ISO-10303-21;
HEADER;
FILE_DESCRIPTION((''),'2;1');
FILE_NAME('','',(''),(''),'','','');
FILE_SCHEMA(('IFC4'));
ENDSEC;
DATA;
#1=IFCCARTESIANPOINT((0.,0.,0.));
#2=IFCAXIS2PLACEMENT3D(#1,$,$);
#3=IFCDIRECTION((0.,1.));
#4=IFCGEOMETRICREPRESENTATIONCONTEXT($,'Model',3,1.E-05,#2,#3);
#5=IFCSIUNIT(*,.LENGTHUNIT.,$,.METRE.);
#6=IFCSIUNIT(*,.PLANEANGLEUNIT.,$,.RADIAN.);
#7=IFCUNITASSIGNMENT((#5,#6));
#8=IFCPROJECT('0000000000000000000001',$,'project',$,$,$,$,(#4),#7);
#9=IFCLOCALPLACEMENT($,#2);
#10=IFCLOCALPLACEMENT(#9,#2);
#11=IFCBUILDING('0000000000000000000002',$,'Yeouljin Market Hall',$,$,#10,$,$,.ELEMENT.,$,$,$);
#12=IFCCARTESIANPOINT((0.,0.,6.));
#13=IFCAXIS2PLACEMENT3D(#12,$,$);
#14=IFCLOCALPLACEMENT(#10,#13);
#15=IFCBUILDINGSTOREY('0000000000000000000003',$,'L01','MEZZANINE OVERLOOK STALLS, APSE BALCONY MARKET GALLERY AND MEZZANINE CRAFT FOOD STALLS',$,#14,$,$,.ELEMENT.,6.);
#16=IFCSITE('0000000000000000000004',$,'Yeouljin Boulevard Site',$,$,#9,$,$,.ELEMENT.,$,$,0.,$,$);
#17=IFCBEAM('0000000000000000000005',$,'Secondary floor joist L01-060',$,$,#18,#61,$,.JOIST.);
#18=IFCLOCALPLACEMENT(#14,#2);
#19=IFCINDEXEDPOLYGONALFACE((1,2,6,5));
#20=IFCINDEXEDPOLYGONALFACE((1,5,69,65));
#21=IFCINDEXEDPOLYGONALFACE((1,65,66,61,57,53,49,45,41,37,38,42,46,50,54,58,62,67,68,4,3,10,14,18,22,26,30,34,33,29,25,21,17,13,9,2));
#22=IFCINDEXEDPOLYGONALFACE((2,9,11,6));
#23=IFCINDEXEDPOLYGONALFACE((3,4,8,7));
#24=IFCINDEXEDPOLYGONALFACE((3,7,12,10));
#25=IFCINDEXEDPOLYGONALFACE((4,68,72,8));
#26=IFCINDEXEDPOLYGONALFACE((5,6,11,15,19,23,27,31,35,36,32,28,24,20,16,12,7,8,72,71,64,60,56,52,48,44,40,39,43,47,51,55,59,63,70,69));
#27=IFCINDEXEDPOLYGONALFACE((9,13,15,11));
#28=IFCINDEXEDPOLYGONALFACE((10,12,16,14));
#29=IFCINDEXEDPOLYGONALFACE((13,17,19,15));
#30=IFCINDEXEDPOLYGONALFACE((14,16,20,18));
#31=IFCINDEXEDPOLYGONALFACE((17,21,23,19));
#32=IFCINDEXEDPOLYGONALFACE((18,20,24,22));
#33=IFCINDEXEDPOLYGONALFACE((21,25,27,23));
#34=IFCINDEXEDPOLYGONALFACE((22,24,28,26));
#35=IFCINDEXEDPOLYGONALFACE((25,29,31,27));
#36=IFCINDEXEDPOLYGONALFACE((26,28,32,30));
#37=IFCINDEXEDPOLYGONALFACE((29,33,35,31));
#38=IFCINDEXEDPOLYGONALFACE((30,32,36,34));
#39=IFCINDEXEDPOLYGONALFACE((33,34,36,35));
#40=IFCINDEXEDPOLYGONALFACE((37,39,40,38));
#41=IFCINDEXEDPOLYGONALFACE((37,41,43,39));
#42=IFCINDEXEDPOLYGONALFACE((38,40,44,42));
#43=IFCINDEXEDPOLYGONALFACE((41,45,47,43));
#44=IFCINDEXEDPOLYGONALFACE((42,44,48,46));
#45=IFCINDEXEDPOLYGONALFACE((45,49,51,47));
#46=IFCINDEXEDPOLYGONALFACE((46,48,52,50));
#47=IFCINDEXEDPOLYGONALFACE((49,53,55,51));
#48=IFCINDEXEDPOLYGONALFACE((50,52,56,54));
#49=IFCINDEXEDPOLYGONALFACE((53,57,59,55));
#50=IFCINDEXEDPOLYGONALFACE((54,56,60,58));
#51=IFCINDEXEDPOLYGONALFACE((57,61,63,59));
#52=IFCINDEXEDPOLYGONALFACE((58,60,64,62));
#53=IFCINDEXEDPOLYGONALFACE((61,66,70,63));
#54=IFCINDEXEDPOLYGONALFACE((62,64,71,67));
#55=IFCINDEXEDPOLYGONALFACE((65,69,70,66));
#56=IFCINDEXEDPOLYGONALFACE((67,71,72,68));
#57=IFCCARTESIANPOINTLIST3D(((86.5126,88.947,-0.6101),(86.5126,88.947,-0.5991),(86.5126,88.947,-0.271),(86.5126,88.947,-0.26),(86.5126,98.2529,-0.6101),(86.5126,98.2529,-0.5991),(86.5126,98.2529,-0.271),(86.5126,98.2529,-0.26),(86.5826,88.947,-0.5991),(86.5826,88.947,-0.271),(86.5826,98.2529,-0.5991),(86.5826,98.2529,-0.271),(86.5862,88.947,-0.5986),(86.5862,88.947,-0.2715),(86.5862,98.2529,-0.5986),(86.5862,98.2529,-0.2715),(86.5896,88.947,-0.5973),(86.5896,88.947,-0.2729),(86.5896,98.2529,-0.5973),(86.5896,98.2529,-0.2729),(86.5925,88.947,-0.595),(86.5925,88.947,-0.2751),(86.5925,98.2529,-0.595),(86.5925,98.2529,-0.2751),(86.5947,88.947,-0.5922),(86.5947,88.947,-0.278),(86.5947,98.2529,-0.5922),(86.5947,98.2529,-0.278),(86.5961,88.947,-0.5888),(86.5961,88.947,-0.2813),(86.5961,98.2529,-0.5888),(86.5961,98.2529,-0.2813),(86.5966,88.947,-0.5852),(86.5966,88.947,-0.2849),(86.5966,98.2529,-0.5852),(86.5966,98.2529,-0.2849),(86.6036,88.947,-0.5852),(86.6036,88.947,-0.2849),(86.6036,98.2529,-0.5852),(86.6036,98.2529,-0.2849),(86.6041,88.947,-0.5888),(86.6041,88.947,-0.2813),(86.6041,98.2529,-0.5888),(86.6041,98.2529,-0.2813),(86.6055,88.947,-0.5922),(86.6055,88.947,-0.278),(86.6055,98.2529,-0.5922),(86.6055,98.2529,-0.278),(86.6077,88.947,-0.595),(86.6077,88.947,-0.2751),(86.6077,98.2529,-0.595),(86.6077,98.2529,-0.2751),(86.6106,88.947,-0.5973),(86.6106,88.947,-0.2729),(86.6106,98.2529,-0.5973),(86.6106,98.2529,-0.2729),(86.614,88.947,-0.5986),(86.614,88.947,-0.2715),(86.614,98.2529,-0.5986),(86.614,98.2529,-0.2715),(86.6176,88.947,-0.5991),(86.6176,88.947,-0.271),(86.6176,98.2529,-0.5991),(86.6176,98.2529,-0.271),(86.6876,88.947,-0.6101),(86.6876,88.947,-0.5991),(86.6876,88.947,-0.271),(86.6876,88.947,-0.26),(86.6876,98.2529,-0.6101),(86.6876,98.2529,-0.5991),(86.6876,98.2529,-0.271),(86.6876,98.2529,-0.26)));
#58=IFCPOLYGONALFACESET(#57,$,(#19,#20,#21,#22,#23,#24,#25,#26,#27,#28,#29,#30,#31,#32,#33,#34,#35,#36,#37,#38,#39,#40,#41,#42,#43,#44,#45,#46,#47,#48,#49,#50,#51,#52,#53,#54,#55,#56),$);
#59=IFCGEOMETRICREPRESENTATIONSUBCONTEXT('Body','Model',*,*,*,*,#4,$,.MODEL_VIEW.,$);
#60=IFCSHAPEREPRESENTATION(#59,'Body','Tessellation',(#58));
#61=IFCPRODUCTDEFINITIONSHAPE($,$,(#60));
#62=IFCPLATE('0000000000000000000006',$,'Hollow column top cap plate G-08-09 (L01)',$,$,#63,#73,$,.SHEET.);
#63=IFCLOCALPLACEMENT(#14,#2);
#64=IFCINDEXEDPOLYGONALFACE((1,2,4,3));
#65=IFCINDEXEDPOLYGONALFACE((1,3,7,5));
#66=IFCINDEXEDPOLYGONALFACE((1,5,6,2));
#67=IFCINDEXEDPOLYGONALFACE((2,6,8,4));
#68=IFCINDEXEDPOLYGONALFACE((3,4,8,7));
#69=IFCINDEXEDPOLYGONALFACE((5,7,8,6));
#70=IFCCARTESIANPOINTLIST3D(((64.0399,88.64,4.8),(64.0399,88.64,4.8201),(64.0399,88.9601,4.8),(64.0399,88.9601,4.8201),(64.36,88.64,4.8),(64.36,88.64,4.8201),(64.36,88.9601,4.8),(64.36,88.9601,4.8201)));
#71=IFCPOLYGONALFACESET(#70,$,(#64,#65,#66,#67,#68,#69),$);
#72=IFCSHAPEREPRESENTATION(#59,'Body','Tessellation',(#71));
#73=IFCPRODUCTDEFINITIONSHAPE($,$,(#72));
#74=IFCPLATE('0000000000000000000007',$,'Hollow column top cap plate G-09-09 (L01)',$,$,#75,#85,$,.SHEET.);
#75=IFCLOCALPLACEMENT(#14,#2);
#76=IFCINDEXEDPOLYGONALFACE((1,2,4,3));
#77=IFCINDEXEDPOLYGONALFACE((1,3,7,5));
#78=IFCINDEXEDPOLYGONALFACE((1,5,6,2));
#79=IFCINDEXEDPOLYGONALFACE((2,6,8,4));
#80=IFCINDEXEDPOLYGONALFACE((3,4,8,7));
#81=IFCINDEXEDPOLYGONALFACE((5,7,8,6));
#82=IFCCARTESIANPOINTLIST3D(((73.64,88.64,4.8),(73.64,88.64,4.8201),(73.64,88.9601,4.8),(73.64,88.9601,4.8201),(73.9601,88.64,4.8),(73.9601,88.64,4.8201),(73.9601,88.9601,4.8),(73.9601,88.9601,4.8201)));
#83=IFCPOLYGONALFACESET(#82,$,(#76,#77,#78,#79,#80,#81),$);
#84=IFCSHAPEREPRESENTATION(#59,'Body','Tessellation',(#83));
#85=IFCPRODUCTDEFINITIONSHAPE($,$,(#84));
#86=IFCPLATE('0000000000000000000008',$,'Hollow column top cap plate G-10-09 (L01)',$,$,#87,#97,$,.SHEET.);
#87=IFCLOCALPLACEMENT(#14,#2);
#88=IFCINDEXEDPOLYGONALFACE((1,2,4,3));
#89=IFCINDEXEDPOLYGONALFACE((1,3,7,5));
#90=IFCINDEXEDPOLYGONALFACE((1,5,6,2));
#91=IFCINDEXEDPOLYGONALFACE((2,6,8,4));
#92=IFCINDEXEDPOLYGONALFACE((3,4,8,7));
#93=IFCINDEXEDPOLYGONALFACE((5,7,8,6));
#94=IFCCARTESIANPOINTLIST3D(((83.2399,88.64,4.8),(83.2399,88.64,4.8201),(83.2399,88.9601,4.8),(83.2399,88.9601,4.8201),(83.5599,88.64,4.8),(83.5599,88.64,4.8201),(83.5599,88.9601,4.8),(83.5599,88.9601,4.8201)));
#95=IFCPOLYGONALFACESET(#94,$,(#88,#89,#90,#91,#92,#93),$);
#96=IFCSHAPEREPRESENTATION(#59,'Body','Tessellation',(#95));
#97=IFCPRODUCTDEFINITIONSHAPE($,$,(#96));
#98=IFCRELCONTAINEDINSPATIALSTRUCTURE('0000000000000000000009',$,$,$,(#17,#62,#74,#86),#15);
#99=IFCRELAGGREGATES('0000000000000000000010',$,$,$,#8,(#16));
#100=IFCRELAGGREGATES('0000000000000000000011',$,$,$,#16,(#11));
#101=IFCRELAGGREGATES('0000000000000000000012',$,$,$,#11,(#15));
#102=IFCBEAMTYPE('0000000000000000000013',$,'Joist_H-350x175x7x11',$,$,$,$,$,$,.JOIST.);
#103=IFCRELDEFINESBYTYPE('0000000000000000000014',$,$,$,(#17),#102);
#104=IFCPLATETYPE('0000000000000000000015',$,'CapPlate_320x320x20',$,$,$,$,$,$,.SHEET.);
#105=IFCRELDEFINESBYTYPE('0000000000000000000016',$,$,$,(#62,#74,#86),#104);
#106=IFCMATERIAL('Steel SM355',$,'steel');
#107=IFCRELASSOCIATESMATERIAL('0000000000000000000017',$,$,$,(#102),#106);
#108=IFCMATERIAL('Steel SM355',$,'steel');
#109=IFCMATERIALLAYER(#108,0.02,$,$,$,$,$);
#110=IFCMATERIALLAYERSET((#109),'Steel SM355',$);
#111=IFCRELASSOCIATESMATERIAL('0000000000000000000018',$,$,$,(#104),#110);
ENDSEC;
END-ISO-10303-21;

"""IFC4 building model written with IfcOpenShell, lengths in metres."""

from ifc_helpers import new_model, si_unit, direction, frame, origin, origin_2d, place, context, subcontext, project, spatial, rectangle, i_section, extrude, material, layer, layer_set, material_profile, profile_set, type_object, element, save


model = new_model("IFC4")

# Units and contexts
model_context = context("Model", 3, precision=1e-05, world=origin(), true_north=direction((0.0, 1.0)))
body_context = subcontext(model_context, "Body", "Model", "MODEL_VIEW")
ifc_project = project(units=[si_unit("LENGTHUNIT", "METRE"), si_unit("PLANEANGLEUNIT", "RADIAN")], contexts=[model_context])

# Site, building, storey
site_placement = place(None, origin())
site = spatial("IfcSite", under=ifc_project, at=site_placement, Name="Yeouljin Boulevard Site", CompositionType="ELEMENT", RefElevation=0.0)
building_placement = place(site_placement, origin())
building = spatial("IfcBuilding", under=site, at=building_placement, Name="Yeouljin Market Hall", CompositionType="ELEMENT")
storey_placement = place(building_placement, frame((0.0, 0.0, 6.0)))
storey = spatial("IfcBuildingStorey", under=building, at=storey_placement, Name="L01", Description="MEZZANINE OVERLOOK STALLS, APSE BALCONY MARKET GALLERY AND MEZZANINE CRAFT FOOD STALLS", CompositionType="ELEMENT", Elevation=6.0)

# Beam
ifc_material_1 = material(Name="Steel SM355", Category="steel")
ifc_material_profile_1 = material_profile(ifc_material_1, i_section(OverallWidth=0.175, OverallDepth=0.3501, WebThickness=0.0071, FlangeThickness=0.011, FilletRadius=0.0139, at=origin_2d()), Name="H-350x175x7x11")
ifc_profile_set_1 = profile_set([ifc_material_profile_1], Name="Steel SM355")
beam_type_1 = type_object("IfcBeamType", Name="Joist_H-350x175x7x11", PredefinedType="JOIST", material=ifc_profile_set_1)
beam_1_placement = place(storey_placement, frame((86.6001, 88.947, -0.4351), z_axis=(0.0, 1.0, 0.0), x_axis=(-1.0, 0.0, 0.0)))
element("IfcBeam", 1, at=beam_1_placement, inside=storey, type_object=beam_type_1, Name="Secondary floor joist L01-060", PredefinedType="JOIST", context=body_context, shape_type="SweptSolid", body=[
    extrude(i_section(OverallWidth=0.175, OverallDepth=0.3501, WebThickness=0.0071, FlangeThickness=0.011, FilletRadius=0.0139, at=origin_2d()), origin(), (0.0, 0.0, 1.0), 9.3059),
])

# Plates
ifc_material_2 = material(Name="Steel SM355", Category="steel")
ifc_layer = layer(ifc_material_2, 0.02)
ifc_layer_set = layer_set([ifc_layer], Name="Steel SM355")
plate_type = type_object("IfcPlateType", Name="CapPlate_320x320x20", PredefinedType="SHEET", material=ifc_layer_set)
for number, where, z_axis, x_axis, name in (
    (2, (64.2, 88.8, 4.8), (0.0, 0.0, 1.0), (1.0, 0.0, 0.0), "Hollow column top cap plate G-08-09 (L01)"),
    (3, (73.8, 88.8, 4.8), (0.0, 0.0, 1.0), (1.0, 0.0, 0.0), "Hollow column top cap plate G-09-09 (L01)"),
    (4, (83.3999, 88.8, 4.8), (0.0, 0.0, 1.0), (1.0, 0.0, 0.0), "Hollow column top cap plate G-10-09 (L01)"),
):
    element("IfcPlate", number, at=place(storey_placement, frame(where, z_axis=z_axis, x_axis=x_axis)), inside=storey, type_object=plate_type, Name=name, PredefinedType="SHEET", context=body_context, shape_type="SweptSolid", body=[
        extrude(rectangle(XDim=0.3201, YDim=0.3201, at=origin_2d()), origin(), (0.0, 0.0, 1.0), 0.02),
    ])

save(model, "model.ifc")
